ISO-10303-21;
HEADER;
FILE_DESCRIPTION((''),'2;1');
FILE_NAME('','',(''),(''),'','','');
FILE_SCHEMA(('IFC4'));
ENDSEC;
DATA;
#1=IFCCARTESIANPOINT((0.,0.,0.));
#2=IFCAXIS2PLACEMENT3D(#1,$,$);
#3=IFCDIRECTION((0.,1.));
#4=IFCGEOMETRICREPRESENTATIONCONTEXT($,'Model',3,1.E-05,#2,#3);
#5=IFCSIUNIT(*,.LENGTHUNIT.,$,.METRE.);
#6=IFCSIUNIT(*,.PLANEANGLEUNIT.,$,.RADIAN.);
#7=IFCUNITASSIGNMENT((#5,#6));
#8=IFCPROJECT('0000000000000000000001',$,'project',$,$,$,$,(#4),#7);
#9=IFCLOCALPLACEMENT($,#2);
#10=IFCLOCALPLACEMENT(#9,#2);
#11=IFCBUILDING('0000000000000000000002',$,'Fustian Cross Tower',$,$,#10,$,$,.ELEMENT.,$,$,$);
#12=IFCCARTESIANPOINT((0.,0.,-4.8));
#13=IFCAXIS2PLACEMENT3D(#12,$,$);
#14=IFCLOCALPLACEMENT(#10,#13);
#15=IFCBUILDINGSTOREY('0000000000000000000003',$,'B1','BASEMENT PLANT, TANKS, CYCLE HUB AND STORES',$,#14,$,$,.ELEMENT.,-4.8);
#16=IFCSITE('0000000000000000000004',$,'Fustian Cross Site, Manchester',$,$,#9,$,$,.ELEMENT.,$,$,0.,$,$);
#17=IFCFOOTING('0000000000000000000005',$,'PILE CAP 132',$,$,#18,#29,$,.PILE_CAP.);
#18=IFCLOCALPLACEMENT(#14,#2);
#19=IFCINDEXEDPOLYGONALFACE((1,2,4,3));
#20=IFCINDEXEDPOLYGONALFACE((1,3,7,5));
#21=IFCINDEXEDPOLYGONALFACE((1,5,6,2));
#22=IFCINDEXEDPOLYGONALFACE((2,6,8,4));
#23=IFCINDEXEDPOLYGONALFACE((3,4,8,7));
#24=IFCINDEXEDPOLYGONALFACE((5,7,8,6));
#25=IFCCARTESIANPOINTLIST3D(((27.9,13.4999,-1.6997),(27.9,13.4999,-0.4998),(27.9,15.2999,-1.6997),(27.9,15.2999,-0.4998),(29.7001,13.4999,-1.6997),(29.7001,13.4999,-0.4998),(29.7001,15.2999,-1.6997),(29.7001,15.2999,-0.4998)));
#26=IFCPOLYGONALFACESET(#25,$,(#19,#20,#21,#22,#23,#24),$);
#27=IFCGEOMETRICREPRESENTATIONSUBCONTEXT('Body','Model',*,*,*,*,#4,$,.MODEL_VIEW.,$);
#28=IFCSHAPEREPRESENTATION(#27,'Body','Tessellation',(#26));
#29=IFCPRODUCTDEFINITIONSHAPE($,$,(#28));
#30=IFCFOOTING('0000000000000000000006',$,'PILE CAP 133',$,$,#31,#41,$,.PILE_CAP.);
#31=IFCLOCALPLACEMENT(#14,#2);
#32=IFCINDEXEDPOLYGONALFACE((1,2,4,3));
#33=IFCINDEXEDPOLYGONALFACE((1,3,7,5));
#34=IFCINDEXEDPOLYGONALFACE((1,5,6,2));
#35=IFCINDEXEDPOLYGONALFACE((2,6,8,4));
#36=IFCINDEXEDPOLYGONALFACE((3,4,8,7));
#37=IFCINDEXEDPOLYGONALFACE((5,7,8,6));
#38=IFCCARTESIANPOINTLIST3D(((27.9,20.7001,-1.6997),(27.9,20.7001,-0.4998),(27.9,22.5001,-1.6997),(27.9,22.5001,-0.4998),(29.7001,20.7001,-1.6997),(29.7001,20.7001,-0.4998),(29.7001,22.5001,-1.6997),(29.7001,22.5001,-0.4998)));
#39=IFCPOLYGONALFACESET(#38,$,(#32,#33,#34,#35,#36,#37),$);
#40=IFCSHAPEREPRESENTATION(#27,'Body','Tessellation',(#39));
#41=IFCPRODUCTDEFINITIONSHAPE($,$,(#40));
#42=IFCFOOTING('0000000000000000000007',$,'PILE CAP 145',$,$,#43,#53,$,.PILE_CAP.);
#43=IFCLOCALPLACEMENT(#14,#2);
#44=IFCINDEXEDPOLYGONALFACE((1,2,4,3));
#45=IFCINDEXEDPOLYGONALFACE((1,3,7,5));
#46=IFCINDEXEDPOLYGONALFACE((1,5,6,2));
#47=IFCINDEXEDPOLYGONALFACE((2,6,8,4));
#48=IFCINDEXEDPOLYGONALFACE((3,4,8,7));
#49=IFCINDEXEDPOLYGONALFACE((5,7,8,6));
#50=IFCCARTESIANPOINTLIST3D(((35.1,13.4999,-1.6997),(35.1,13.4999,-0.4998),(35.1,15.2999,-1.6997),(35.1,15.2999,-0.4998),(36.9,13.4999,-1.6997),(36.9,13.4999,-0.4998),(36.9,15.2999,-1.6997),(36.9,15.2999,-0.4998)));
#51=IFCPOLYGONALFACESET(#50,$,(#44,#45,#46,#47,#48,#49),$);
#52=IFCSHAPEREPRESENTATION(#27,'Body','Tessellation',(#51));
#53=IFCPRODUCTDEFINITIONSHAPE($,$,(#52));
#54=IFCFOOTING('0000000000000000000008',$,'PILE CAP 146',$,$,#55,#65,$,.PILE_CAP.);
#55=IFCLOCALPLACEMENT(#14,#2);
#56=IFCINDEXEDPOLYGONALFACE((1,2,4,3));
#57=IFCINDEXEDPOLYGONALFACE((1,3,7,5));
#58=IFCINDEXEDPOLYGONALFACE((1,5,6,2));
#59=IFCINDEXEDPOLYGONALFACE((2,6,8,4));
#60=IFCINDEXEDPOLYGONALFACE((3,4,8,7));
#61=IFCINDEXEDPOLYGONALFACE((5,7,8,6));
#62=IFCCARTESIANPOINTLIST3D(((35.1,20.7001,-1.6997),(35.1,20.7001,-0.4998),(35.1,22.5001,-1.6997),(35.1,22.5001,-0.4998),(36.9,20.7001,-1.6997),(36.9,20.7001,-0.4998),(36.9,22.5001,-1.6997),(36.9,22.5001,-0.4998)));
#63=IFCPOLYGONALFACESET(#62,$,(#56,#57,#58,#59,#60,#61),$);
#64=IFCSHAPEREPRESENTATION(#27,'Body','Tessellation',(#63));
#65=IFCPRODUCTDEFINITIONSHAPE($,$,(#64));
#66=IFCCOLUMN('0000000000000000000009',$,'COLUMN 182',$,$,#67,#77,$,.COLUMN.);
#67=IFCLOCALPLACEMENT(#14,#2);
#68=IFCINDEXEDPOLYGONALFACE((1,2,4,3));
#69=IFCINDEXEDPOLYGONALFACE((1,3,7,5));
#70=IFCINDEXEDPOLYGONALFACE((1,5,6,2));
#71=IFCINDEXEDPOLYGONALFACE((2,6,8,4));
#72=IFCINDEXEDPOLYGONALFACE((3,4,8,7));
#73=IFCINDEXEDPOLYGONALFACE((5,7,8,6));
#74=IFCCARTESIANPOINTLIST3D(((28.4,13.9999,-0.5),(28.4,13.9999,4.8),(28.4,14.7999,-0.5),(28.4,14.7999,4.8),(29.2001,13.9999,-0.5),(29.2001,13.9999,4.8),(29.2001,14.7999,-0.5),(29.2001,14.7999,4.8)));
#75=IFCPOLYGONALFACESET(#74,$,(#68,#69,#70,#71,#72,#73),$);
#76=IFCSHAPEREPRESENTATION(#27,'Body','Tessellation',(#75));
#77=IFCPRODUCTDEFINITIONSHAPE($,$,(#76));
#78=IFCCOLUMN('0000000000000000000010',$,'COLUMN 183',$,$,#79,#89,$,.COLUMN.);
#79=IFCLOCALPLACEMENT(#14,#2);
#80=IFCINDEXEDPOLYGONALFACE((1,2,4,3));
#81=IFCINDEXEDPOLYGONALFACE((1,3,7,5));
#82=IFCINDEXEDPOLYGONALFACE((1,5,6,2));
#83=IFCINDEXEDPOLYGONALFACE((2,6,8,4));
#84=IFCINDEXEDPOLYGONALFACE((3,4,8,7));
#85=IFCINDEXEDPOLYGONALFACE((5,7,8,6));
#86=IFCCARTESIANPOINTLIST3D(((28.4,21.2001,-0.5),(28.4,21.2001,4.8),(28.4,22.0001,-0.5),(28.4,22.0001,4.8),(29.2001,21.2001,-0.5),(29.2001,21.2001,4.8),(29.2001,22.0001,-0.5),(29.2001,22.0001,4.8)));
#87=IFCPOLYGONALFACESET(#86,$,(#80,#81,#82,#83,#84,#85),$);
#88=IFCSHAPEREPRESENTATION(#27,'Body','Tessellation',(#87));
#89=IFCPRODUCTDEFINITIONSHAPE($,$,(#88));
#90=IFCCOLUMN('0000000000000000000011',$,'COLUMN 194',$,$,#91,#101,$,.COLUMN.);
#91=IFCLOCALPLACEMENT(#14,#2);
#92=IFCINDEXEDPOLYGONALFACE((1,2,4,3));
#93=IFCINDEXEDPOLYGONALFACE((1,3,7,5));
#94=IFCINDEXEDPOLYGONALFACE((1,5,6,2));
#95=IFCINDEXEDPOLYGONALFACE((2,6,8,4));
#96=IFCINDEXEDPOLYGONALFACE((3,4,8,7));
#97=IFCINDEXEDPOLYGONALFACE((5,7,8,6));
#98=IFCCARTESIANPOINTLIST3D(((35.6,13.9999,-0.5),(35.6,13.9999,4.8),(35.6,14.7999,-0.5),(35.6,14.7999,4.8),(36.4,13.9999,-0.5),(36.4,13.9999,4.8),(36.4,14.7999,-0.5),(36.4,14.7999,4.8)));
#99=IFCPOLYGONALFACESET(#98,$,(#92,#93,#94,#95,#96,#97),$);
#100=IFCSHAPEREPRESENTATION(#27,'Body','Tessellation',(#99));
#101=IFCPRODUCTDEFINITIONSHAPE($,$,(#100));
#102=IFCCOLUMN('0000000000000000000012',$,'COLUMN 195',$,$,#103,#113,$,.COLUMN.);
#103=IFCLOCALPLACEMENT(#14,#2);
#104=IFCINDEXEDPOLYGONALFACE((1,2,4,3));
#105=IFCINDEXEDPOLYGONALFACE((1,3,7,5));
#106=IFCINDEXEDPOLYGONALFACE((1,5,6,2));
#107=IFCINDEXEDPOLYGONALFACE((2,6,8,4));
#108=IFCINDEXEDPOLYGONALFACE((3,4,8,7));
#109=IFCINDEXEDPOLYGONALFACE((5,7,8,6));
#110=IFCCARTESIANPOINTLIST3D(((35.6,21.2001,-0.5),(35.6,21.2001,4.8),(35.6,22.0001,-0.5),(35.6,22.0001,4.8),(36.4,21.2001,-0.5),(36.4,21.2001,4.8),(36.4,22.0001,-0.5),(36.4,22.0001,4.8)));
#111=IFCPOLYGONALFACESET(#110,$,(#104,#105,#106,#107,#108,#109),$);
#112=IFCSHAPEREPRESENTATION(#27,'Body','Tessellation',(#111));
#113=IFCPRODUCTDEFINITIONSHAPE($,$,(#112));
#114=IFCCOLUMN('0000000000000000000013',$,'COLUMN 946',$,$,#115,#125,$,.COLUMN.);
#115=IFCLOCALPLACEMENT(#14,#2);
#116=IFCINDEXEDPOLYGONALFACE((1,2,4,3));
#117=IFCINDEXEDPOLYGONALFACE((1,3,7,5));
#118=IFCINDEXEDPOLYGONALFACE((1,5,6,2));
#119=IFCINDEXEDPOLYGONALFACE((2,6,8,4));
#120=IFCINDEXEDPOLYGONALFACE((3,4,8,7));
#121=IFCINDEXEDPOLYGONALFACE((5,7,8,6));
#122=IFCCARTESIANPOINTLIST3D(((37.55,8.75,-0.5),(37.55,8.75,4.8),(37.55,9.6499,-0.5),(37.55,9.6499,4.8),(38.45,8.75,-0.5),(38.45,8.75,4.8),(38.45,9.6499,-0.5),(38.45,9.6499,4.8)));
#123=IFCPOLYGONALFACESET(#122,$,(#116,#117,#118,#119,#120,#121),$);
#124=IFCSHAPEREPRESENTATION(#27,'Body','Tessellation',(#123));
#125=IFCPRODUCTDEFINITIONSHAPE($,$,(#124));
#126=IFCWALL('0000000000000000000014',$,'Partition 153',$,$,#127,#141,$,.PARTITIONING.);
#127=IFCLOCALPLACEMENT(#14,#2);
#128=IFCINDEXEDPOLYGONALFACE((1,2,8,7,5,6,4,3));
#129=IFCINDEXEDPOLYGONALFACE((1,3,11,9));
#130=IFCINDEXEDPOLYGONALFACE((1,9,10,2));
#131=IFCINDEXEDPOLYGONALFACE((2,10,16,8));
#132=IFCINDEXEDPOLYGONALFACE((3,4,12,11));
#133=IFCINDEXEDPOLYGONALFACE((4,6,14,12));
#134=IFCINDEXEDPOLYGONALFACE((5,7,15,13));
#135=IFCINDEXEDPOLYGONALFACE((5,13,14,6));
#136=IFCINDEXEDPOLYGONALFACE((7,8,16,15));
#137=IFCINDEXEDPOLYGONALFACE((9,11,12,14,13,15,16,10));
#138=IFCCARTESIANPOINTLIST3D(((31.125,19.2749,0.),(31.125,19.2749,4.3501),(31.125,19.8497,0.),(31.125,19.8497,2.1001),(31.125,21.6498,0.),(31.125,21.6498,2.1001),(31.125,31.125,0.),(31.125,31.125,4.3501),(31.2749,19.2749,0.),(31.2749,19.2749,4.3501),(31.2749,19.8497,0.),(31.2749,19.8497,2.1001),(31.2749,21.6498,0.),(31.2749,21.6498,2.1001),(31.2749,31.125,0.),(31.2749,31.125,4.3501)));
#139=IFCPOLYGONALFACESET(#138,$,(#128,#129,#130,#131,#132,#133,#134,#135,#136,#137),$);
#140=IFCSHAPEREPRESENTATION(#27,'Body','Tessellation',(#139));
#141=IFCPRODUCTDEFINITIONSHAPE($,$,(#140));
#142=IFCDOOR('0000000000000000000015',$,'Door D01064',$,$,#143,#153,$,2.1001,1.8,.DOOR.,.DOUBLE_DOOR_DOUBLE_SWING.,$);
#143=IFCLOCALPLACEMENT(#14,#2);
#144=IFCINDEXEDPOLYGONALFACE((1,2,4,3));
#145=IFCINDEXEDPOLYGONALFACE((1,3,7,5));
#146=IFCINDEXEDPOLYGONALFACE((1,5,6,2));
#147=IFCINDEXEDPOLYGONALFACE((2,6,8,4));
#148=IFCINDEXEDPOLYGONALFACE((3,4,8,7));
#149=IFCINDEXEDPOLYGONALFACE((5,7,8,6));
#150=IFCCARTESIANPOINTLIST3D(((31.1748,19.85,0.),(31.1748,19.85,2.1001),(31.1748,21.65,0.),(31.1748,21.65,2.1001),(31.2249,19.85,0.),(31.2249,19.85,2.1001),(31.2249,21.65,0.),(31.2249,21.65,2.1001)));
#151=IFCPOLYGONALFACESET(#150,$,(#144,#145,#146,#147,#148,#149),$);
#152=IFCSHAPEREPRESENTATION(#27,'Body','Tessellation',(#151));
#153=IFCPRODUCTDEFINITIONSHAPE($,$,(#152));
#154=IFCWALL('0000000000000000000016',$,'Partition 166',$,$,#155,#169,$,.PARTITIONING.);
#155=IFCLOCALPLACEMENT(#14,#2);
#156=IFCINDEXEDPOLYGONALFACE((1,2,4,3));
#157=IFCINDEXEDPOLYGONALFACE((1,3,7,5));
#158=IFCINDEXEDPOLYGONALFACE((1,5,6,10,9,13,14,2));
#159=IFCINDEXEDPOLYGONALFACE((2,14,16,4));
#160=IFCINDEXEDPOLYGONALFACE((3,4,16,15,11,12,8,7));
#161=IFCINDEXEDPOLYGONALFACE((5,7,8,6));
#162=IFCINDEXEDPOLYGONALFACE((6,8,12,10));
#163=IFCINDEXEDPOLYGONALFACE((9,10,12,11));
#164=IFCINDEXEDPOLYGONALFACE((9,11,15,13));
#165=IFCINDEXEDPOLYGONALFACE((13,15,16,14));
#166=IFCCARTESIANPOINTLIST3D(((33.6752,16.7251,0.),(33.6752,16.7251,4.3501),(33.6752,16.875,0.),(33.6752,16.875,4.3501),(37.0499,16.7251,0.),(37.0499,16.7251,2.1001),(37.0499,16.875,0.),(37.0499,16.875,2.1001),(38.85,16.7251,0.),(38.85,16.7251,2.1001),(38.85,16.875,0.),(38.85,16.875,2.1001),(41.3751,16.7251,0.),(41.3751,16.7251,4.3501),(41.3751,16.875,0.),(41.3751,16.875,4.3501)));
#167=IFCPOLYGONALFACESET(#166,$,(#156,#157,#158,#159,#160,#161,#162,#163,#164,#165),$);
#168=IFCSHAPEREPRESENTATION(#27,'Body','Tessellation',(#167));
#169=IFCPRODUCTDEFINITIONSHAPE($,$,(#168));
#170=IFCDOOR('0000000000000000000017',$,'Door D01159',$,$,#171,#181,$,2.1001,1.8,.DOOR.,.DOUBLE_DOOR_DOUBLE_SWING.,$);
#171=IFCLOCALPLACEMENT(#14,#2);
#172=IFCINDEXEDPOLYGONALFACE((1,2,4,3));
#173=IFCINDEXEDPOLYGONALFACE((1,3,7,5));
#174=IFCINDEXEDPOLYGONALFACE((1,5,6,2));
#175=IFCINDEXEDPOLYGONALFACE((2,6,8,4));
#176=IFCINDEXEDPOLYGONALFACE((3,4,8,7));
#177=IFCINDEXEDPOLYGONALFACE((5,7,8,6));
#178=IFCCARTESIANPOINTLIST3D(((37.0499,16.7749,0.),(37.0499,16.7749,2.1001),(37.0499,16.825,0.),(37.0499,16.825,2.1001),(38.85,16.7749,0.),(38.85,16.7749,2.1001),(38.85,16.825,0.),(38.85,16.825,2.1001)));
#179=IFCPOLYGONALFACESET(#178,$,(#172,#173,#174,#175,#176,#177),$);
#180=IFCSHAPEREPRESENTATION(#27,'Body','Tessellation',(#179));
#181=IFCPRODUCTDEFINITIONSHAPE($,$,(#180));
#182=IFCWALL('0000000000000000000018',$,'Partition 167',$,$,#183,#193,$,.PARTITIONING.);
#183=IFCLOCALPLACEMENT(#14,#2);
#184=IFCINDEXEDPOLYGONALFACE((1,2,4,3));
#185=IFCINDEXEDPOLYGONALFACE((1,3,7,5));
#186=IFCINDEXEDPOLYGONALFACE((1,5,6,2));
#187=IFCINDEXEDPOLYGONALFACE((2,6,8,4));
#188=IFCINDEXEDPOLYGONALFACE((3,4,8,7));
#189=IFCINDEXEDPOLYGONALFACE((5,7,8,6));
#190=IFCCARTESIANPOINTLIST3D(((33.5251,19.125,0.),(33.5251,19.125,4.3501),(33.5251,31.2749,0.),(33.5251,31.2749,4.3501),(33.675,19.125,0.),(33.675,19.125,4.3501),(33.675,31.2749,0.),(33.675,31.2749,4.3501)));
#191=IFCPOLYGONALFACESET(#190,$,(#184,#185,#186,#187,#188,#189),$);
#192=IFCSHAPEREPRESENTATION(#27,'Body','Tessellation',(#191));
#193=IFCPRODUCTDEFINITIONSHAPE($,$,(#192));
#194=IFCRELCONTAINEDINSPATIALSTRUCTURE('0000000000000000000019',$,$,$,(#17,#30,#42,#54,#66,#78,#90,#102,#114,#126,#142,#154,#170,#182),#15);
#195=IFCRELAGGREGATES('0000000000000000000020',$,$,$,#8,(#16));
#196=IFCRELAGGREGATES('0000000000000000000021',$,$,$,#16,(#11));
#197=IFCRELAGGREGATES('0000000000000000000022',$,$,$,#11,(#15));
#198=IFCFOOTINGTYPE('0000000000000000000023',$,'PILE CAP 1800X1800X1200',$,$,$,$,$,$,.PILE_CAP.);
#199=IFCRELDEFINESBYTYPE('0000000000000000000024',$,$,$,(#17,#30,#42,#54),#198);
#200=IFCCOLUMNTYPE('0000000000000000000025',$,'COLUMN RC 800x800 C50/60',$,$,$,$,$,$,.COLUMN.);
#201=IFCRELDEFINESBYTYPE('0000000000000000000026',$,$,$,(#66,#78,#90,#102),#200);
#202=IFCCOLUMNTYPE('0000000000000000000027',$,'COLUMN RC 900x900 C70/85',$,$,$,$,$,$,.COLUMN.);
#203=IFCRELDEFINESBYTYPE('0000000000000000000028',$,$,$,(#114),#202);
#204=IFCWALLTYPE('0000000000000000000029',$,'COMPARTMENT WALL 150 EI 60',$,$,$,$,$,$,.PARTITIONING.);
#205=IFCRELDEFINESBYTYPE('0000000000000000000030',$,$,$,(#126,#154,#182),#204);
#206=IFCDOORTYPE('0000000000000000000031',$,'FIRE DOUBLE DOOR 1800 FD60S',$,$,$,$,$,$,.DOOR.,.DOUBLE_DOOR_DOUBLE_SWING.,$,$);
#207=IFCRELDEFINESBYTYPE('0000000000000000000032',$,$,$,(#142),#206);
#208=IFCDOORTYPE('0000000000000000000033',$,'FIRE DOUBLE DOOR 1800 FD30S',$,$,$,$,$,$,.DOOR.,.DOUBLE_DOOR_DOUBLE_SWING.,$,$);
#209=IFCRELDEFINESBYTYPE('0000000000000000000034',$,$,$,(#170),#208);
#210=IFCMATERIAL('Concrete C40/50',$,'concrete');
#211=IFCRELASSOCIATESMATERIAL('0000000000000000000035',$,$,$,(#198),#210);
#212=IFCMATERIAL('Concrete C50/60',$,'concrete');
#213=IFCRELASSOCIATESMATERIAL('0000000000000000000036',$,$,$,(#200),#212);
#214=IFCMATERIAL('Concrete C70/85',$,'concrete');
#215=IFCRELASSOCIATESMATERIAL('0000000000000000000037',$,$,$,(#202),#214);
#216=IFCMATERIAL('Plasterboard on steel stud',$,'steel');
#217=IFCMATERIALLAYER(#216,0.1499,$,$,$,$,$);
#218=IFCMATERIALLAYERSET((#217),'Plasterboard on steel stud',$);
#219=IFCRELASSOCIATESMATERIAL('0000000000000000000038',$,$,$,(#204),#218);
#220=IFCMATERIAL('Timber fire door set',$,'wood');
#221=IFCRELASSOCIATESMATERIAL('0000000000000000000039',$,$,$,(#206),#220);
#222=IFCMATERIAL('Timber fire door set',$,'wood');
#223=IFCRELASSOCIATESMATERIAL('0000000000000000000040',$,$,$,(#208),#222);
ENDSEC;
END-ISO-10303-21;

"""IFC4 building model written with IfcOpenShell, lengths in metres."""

from ifc_helpers import new_model, si_unit, direction, frame, frame_2d, origin, origin_2d, place, context, subcontext, project, spatial, rectangle, extrude, material, layer, layer_set, material_profile, profile_set, type_object, element, fill, save


model = new_model("IFC4")

# Units and contexts
model_context = context("Model", 3, precision=1e-05, world=origin(), true_north=direction((0.0, 1.0)))
body_context = subcontext(model_context, "Body", "Model", "MODEL_VIEW")
ifc_project = project(units=[si_unit("LENGTHUNIT", "METRE"), si_unit("PLANEANGLEUNIT", "RADIAN")], contexts=[model_context])

# Site, building, storey
site_placement = place(None, origin())
site = spatial("IfcSite", under=ifc_project, at=site_placement, Name="Fustian Cross Site, Manchester", CompositionType="ELEMENT", RefElevation=0.0)
building_placement = place(site_placement, origin())
building = spatial("IfcBuilding", under=site, at=building_placement, Name="Fustian Cross Tower", CompositionType="ELEMENT")
storey_placement = place(building_placement, frame((0.0, 0.0, -4.8)))
storey = spatial("IfcBuildingStorey", under=building, at=storey_placement, Name="B1", Description="BASEMENT PLANT, TANKS, CYCLE HUB AND STORES", CompositionType="ELEMENT", Elevation=-4.8)

# Footings
ifc_material_1 = material(Name="Concrete C40/50", Category="concrete")
footing_type = type_object("IfcFootingType", Name="PILE CAP 1800X1800X1200", PredefinedType="PILE_CAP", material=ifc_material_1)
for number, where, z_axis, x_axis, name in (
    (1, (28.8, 14.3999, -1.6997), (0.0, 0.0, 1.0), (1.0, 0.0, 0.0), "PILE CAP 132"),
    (2, (28.8, 21.6001, -1.6997), (0.0, 0.0, 1.0), (1.0, 0.0, 0.0), "PILE CAP 133"),
    (3, (36.0, 14.3999, -1.6997), (0.0, 0.0, 1.0), (1.0, 0.0, 0.0), "PILE CAP 145"),
    (4, (36.0, 21.6001, -1.6997), (0.0, 0.0, 1.0), (1.0, 0.0, 0.0), "PILE CAP 146"),
):
    element("IfcFooting", number, at=place(storey_placement, frame(where, z_axis=z_axis, x_axis=x_axis)), inside=storey, type_object=footing_type, Name=name, PredefinedType="PILE_CAP", context=body_context, shape_type="SweptSolid", body=[
        extrude(rectangle(XDim=1.8, YDim=1.8, at=origin_2d()), origin(), (0.0, 0.0, 1.0), 1.2),
    ])

# Columns
ifc_material_2 = material(Name="Concrete C50/60", Category="concrete")
ifc_material_profile_1 = material_profile(ifc_material_2, rectangle(XDim=0.8, YDim=0.8, at=origin_2d()), Name="RC 800x800")
ifc_profile_set_1 = profile_set([ifc_material_profile_1], Name="Concrete C50/60")
column_type_1 = type_object("IfcColumnType", Name="COLUMN RC 800x800 C50/60", PredefinedType="COLUMN", material=ifc_profile_set_1)
for number, where, z_axis, x_axis, name in (
    (5, (28.8, 14.3999, -0.5), (0.0, 0.0, 1.0), (1.0, 0.0, 0.0), "COLUMN 182"),
    (6, (28.8, 21.6001, -0.5), (0.0, 0.0, 1.0), (1.0, 0.0, 0.0), "COLUMN 183"),
    (7, (36.0, 14.3999, -0.5), (0.0, 0.0, 1.0), (1.0, 0.0, 0.0), "COLUMN 194"),
    (8, (36.0, 21.6001, -0.5), (0.0, 0.0, 1.0), (1.0, 0.0, 0.0), "COLUMN 195"),
):
    element("IfcColumn", number, at=place(storey_placement, frame(where, z_axis=z_axis, x_axis=x_axis)), inside=storey, type_object=column_type_1, Name=name, PredefinedType="COLUMN", context=body_context, shape_type="SweptSolid", body=[
        extrude(rectangle(XDim=0.8, YDim=0.8, at=origin_2d()), origin(), (0.0, 0.0, 1.0), 5.3),
    ])
ifc_material_3 = material(Name="Concrete C70/85", Category="concrete")
ifc_material_profile_2 = material_profile(ifc_material_3, rectangle(XDim=0.8999, YDim=0.8999, at=origin_2d()), Name="RC 900x900")
ifc_profile_set_2 = profile_set([ifc_material_profile_2], Name="Concrete C70/85")
column_type_2 = type_object("IfcColumnType", Name="COLUMN RC 900x900 C70/85", PredefinedType="COLUMN", material=ifc_profile_set_2)
column_placement = place(storey_placement, frame((38.0, 9.2, -0.5), z_axis=(0.0, 0.0, 1.0), x_axis=(1.0, 0.0, 0.0)))
element("IfcColumn", 9, at=column_placement, inside=storey, type_object=column_type_2, Name="COLUMN 946", PredefinedType="COLUMN", context=body_context, shape_type="SweptSolid", body=[
    extrude(rectangle(XDim=0.8999, YDim=0.8999, at=origin_2d()), origin(), (0.0, 0.0, 1.0), 5.3),
])

# Walls, openings, doors
ifc_material_4 = material(Name="Plasterboard on steel stud", Category="steel")
ifc_layer = layer(ifc_material_4, 0.1499)
ifc_layer_set = layer_set([ifc_layer], Name="Plasterboard on steel stud")
wall_type = type_object("IfcWallType", Name="COMPARTMENT WALL 150 EI 60", PredefinedType="PARTITIONING", material=ifc_layer_set)
wall_1_placement = place(storey_placement, frame((31.2, 19.2749, 0.0), z_axis=(0.0, 0.0, 1.0), x_axis=(0.0, 1.0, 0.0)))
wall_1 = element("IfcWall", 10, at=wall_1_placement, inside=storey, type_object=wall_type, Name="Partition 153", PredefinedType="PARTITIONING", context=body_context, shape_type="SweptSolid", body=[
    extrude(rectangle(XDim=11.8501, YDim=0.1499, at=frame_2d((5.925, 0.0))), origin(), (0.0, 0.0, 1.0), 4.3501),
])
opening_1_placement = place(wall_1_placement, frame((0.575, 0.0, 0.0)))
opening_1 = element("IfcOpeningElement", 11, at=opening_1_placement, cuts=wall_1, PredefinedType="OPENING", context=body_context, shape_type="SweptSolid", body=[
    extrude(rectangle(XDim=1.8, YDim=2.1001, at=frame_2d((0.8999, 1.05))), frame((0.0, 0.085, 0.0), z_axis=(0.0, -1.0, 0.0), x_axis=(1.0, 0.0, 0.0)), (0.0, 0.0, 1.0), 0.1699),
])
ifc_material_5 = material(Name="Timber fire door set", Category="wood")
door_type_1 = type_object("IfcDoorType", Name="FIRE DOUBLE DOOR 1800 FD60S", OperationType="DOUBLE_DOOR_DOUBLE_SWING", PredefinedType="DOOR", material=ifc_material_5)
door_1_placement = place(opening_1_placement, frame((1.8, 0.0, 0.0), z_axis=(0.0, 0.0, 1.0), x_axis=(-1.0, 0.0, 0.0)))
door_1 = element("IfcDoor", 12, at=door_1_placement, inside=storey, type_object=door_type_1, Name="Door D01064", OperationType="DOUBLE_DOOR_DOUBLE_SWING", OverallHeight=2.1001, OverallWidth=1.8, PredefinedType="DOOR", context=body_context, shape_type="SweptSolid", body=[
    extrude(rectangle(XDim=1.8, YDim=2.1001, at=frame_2d((0.8999, 1.05))), frame((0.0, 0.0249, 0.0), z_axis=(0.0, -1.0, 0.0), x_axis=(1.0, 0.0, 0.0)), (0.0, 0.0, 1.0), 0.05),
])
fill(opening_1, door_1)
wall_2_placement = place(storey_placement, frame((33.675, 16.8, 0.0), z_axis=(0.0, 0.0, 1.0), x_axis=(1.0, 0.0, 0.0)))
wall_2 = element("IfcWall", 13, at=wall_2_placement, inside=storey, type_object=wall_type, Name="Partition 166", PredefinedType="PARTITIONING", context=body_context, shape_type="SweptSolid", body=[
    extrude(rectangle(XDim=7.7, YDim=0.1499, at=frame_2d((3.8501, 0.0))), origin(), (0.0, 0.0, 1.0), 4.3501),
])
opening_2_placement = place(wall_2_placement, frame((3.375, 0.0, 0.0)))
opening_2 = element("IfcOpeningElement", 14, at=opening_2_placement, cuts=wall_2, PredefinedType="OPENING", context=body_context, shape_type="SweptSolid", body=[
    extrude(rectangle(XDim=1.8, YDim=2.1001, at=frame_2d((0.8999, 1.05))), frame((0.0, 0.085, 0.0), z_axis=(0.0, -1.0, 0.0), x_axis=(1.0, 0.0, 0.0)), (0.0, 0.0, 1.0), 0.1699),
])
ifc_material_6 = material(Name="Timber fire door set", Category="wood")
door_type_2 = type_object("IfcDoorType", Name="FIRE DOUBLE DOOR 1800 FD30S", OperationType="DOUBLE_DOOR_DOUBLE_SWING", PredefinedType="DOOR", material=ifc_material_6)
door_2_placement = place(opening_2_placement, origin())
door_2 = element("IfcDoor", 15, at=door_2_placement, inside=storey, type_object=door_type_2, Name="Door D01159", OperationType="DOUBLE_DOOR_DOUBLE_SWING", OverallHeight=2.1001, OverallWidth=1.8, PredefinedType="DOOR", context=body_context, shape_type="SweptSolid", body=[
    extrude(rectangle(XDim=1.8, YDim=2.1001, at=frame_2d((0.8999, 1.05))), frame((0.0, 0.0249, 0.0), z_axis=(0.0, -1.0, 0.0), x_axis=(1.0, 0.0, 0.0)), (0.0, 0.0, 1.0), 0.05),
])
fill(opening_2, door_2)

# Wall
wall_3_placement = place(storey_placement, frame((33.6001, 19.125, 0.0), z_axis=(0.0, 0.0, 1.0), x_axis=(0.0, 1.0, 0.0)))
element("IfcWall", 16, at=wall_3_placement, inside=storey, type_object=wall_type, Name="Partition 167", PredefinedType="PARTITIONING", context=body_context, shape_type="SweptSolid", body=[
    extrude(rectangle(XDim=12.1499, YDim=0.1499, at=frame_2d((6.075, 0.0))), origin(), (0.0, 0.0, 1.0), 4.3501),
])

save(model, "model.ifc")
